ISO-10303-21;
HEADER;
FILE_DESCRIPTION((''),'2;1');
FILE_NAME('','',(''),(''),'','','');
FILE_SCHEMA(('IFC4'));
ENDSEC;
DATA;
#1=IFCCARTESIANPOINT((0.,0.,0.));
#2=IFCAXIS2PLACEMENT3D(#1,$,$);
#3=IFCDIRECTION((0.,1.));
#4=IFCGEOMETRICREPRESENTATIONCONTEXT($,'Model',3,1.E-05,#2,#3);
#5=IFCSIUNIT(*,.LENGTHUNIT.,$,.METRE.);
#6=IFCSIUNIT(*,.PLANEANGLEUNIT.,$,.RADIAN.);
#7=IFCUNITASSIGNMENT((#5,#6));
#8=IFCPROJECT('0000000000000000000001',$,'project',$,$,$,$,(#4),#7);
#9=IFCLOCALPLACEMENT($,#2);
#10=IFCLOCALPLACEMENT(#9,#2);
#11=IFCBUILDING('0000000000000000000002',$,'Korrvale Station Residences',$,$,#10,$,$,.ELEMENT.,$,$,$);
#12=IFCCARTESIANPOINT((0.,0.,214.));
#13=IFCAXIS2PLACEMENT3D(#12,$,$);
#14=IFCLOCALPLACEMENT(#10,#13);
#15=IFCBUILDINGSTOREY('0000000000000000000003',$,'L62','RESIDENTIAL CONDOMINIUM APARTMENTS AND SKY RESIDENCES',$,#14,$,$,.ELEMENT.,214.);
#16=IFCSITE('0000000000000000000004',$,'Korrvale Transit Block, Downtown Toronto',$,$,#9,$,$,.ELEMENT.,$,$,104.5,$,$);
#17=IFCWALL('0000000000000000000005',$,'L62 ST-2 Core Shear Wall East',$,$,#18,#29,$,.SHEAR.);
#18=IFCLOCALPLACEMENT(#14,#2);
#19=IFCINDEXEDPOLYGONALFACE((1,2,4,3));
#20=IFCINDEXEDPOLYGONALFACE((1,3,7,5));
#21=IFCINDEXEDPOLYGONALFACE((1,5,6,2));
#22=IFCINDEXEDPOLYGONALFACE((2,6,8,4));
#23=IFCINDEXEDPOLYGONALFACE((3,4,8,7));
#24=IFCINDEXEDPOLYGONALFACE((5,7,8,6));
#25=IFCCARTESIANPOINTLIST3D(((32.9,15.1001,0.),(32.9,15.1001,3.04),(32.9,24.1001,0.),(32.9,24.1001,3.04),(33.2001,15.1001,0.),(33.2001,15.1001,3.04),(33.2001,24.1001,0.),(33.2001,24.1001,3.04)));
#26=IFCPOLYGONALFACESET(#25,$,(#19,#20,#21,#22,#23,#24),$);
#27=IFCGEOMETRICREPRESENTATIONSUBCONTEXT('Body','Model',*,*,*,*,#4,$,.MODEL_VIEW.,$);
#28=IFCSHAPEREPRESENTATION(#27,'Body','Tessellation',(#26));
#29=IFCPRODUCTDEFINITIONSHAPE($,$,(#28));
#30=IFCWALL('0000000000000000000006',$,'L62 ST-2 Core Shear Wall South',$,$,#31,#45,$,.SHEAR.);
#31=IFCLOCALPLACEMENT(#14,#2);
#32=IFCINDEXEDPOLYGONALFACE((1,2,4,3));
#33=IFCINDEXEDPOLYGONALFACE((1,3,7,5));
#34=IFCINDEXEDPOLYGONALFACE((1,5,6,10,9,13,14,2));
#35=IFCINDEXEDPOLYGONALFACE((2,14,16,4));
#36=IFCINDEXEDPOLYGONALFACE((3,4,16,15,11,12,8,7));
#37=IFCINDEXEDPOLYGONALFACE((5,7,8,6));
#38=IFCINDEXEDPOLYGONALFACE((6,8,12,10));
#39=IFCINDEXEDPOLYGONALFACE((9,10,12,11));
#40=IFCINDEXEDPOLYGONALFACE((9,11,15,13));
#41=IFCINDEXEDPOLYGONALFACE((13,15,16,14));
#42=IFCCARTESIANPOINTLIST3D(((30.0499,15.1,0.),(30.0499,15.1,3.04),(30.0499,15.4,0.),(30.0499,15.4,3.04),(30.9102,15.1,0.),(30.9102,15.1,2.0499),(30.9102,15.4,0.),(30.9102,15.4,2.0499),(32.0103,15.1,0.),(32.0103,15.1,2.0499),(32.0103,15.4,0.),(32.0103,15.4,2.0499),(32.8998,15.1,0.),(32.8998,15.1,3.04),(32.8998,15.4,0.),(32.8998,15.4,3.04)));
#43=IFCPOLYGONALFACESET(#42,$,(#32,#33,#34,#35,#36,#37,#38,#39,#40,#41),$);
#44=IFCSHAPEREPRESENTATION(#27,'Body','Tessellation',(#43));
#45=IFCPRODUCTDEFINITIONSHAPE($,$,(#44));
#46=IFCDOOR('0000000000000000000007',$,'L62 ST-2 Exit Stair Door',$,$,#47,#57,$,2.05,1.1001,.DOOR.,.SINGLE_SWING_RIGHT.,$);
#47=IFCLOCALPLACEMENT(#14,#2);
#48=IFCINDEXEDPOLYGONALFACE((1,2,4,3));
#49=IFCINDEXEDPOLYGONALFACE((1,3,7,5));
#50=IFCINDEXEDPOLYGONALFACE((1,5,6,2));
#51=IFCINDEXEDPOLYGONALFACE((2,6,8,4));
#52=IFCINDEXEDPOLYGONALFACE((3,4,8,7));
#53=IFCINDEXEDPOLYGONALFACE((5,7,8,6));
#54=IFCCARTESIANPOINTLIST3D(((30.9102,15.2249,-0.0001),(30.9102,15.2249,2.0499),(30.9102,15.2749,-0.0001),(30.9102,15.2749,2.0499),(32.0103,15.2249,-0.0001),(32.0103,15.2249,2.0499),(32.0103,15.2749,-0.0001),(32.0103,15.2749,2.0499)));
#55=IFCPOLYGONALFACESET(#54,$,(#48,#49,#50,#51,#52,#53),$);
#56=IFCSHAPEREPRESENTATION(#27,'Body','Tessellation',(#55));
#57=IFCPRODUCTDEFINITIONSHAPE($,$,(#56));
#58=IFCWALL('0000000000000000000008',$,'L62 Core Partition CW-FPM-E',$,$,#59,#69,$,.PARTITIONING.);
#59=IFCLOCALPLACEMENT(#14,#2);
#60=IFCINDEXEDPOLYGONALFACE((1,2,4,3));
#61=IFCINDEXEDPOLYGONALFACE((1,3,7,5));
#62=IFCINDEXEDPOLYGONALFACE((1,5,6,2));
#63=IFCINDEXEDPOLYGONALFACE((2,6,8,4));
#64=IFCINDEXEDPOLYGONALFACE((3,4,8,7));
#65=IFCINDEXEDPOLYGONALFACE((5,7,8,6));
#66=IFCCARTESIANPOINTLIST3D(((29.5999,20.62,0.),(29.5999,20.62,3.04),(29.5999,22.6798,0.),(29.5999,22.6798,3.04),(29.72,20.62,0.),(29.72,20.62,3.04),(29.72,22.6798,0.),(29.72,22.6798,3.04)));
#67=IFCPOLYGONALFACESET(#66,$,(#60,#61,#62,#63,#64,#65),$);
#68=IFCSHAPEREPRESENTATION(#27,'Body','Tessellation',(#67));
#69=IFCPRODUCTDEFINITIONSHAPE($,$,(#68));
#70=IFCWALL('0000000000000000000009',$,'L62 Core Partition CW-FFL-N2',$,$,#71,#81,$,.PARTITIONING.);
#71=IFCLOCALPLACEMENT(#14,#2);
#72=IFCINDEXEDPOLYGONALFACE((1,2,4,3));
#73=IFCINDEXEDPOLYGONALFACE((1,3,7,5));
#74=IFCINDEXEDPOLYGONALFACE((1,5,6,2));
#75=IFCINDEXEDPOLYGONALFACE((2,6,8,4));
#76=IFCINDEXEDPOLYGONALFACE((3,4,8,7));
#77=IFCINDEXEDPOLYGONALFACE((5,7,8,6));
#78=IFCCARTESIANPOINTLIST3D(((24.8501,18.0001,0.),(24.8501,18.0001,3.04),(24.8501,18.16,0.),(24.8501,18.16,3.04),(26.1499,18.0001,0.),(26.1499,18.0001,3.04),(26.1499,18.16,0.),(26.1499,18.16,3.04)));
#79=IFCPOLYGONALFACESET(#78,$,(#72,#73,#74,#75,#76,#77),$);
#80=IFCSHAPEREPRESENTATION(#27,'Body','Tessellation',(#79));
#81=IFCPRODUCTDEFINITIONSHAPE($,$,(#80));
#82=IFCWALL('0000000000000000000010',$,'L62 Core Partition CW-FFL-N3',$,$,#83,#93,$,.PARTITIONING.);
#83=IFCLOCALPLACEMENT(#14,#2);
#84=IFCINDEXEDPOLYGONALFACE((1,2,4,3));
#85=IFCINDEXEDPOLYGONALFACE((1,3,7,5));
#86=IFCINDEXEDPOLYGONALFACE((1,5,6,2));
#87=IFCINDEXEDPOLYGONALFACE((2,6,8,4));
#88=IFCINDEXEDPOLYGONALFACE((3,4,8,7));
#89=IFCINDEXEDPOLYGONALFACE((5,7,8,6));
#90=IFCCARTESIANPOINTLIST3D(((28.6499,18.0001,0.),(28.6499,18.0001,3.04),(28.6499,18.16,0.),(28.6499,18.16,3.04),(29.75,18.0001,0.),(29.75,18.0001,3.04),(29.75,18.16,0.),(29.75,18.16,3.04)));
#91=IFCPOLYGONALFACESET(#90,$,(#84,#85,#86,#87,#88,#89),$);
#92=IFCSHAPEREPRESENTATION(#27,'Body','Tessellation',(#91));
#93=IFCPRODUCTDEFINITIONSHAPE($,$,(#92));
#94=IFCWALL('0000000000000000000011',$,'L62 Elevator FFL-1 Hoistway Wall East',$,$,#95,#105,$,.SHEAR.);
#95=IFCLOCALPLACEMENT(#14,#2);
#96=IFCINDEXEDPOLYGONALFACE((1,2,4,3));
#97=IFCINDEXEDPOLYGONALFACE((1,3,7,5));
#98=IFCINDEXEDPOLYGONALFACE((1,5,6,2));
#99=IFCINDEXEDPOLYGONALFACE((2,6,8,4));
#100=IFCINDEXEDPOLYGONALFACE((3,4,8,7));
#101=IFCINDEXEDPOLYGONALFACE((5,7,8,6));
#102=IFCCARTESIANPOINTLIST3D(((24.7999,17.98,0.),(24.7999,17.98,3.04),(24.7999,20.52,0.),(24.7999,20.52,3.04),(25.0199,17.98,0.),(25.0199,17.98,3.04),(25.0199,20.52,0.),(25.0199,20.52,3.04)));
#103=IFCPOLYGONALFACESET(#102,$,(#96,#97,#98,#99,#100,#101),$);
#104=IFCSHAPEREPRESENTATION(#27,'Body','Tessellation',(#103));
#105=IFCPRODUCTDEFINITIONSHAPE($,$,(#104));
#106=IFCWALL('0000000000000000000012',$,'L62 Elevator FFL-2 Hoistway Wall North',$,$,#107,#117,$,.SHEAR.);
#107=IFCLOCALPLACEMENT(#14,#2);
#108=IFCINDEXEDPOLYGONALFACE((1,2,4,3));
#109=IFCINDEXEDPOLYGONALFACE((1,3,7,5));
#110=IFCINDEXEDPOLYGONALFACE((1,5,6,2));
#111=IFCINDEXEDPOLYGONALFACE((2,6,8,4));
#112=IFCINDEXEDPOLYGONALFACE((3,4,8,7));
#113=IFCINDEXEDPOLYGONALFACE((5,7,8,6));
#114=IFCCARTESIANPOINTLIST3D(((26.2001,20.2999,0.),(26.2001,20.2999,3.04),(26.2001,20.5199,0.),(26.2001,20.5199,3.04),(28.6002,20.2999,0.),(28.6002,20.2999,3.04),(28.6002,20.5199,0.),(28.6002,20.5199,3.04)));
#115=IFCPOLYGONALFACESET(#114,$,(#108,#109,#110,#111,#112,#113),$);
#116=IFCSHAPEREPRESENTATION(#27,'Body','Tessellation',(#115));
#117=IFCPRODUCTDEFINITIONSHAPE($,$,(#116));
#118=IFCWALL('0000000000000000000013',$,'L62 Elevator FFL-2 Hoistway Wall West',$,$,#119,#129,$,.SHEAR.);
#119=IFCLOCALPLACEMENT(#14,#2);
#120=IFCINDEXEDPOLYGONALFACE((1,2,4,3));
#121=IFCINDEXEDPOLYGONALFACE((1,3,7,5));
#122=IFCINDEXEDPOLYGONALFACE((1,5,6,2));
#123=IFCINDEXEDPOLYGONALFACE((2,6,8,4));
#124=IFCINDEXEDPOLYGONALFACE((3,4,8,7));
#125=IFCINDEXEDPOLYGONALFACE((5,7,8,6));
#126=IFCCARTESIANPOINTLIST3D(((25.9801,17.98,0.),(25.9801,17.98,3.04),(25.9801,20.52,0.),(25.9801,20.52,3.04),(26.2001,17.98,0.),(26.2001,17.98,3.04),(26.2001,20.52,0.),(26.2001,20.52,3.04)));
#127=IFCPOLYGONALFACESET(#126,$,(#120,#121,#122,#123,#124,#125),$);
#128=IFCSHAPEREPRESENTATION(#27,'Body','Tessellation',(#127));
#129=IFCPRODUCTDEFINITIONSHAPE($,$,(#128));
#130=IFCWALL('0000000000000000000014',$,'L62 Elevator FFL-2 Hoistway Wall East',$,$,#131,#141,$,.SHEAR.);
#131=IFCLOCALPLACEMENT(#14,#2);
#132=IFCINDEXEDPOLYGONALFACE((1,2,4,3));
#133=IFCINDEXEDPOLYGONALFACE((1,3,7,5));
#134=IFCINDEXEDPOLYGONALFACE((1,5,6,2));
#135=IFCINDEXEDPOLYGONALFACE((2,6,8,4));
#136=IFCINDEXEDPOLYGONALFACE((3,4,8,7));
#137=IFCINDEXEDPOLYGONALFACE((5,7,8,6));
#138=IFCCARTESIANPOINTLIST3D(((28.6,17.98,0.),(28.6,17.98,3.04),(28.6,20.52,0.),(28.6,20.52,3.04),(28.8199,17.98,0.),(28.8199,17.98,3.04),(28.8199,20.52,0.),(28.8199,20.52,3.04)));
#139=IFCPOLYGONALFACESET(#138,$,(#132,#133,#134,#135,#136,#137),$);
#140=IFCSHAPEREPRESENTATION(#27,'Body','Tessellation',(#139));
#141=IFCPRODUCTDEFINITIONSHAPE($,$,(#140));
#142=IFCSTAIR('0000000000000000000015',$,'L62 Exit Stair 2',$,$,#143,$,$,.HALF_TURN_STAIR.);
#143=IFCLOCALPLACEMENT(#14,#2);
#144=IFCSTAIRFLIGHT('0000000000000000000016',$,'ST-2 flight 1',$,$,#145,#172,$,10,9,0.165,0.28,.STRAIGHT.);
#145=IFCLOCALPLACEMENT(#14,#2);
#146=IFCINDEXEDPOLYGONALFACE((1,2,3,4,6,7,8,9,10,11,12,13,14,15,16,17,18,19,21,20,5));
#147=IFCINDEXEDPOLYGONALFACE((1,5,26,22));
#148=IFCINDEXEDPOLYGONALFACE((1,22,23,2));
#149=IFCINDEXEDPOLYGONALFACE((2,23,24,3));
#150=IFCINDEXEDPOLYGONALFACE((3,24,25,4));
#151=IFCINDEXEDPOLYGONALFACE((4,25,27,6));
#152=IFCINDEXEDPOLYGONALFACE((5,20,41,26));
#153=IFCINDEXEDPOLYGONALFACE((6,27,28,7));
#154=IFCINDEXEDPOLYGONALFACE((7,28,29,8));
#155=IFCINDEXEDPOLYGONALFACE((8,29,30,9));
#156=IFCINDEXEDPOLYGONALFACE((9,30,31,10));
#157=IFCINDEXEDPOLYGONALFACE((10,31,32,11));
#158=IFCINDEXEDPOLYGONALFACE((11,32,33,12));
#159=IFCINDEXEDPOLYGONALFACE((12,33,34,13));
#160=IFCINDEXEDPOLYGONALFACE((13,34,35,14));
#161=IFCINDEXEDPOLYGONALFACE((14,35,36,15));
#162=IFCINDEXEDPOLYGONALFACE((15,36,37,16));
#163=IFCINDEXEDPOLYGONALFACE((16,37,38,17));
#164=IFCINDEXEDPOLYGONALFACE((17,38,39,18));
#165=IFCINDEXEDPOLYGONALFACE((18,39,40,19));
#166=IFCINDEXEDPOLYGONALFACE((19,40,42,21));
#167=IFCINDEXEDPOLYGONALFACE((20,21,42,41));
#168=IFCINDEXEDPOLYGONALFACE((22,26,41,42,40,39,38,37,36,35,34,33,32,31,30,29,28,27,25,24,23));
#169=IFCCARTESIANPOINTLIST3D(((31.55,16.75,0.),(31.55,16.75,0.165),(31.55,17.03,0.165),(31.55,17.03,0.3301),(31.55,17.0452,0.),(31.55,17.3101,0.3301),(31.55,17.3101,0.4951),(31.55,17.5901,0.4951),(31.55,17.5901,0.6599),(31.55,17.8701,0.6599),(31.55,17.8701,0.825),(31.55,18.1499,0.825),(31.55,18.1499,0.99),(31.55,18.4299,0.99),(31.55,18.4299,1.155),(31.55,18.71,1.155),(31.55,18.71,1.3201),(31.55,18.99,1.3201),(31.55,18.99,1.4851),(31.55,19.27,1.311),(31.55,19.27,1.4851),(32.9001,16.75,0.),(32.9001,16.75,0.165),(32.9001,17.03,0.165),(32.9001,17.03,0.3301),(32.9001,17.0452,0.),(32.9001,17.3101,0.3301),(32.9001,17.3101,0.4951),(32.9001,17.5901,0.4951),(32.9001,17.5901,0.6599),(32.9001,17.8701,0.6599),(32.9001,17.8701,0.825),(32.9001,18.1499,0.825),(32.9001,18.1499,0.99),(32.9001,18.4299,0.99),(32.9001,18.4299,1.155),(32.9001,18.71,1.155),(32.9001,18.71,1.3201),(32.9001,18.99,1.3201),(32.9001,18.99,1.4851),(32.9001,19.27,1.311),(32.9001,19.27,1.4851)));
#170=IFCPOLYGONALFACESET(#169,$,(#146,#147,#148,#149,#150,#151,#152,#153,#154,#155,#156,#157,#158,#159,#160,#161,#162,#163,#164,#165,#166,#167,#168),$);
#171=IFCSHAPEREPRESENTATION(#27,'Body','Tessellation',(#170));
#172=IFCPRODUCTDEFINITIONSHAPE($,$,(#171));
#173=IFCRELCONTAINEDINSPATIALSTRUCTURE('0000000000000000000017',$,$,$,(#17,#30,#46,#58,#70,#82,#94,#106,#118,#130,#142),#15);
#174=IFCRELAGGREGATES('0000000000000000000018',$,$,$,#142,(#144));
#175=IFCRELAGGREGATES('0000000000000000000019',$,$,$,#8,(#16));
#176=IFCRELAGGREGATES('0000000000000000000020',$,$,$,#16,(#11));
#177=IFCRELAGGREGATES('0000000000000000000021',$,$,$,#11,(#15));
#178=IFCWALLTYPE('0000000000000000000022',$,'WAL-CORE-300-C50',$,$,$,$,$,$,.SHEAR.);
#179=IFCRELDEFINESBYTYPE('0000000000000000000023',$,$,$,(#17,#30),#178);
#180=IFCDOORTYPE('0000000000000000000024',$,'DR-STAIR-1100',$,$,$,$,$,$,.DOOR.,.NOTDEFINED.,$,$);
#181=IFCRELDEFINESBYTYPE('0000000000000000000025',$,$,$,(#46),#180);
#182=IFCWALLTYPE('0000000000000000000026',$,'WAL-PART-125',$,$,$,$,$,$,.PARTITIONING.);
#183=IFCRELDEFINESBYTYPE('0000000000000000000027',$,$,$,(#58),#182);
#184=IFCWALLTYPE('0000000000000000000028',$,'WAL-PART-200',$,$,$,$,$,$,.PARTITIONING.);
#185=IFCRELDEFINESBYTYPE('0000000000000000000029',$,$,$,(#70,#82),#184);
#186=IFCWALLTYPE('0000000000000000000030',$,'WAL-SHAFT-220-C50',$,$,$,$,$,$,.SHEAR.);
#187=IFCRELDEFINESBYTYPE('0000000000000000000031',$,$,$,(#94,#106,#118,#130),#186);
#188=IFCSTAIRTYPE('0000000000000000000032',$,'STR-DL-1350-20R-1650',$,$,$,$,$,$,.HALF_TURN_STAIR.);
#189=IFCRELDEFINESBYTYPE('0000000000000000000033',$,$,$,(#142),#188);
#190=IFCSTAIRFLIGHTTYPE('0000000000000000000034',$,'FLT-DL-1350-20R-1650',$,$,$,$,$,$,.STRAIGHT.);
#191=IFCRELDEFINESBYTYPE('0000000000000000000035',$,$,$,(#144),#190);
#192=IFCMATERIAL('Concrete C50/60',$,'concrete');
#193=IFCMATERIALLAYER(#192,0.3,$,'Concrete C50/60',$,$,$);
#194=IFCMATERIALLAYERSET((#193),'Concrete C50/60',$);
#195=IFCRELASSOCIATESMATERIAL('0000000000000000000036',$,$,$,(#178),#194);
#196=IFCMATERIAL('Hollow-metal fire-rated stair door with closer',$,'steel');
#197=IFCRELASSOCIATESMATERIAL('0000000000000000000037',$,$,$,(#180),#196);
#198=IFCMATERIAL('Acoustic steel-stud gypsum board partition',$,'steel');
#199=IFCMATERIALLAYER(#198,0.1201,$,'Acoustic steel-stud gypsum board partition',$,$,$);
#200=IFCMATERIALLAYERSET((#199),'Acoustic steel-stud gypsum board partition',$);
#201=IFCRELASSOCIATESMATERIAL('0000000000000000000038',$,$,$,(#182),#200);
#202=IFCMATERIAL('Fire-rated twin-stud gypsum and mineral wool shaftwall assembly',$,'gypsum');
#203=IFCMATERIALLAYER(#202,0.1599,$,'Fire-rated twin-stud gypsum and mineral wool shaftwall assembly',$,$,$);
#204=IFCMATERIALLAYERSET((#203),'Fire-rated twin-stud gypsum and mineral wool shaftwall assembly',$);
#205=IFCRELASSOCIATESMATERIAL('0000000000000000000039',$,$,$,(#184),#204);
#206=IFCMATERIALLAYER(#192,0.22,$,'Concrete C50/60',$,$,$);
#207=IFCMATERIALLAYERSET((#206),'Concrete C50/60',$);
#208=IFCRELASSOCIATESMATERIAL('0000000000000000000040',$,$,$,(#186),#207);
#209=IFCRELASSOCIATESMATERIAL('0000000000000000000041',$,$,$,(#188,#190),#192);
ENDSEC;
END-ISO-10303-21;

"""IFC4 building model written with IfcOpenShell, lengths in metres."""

from ifc_helpers import new_model, si_unit, direction, frame, frame_2d, origin, place, context, subcontext, project, spatial, polyline, rectangle, outline, extrude, material, layer, layer_set, type_object, element, fill, aggregate, save


model = new_model("IFC4")

# Units and contexts
model_context = context("Model", 3, precision=1e-05, world=origin(), true_north=direction((0.0, 1.0)))
body_context = subcontext(model_context, "Body", "Model", "MODEL_VIEW")
ifc_project = project(units=[si_unit("LENGTHUNIT", "METRE"), si_unit("PLANEANGLEUNIT", "RADIAN")], contexts=[model_context])

# Site, building, storey
site_placement = place(None, origin())
site = spatial("IfcSite", under=ifc_project, at=site_placement, Name="Korrvale Transit Block, Downtown Toronto", CompositionType="ELEMENT", RefElevation=104.5)
building_placement = place(site_placement, origin())
building = spatial("IfcBuilding", under=site, at=building_placement, Name="Korrvale Station Residences", CompositionType="ELEMENT")
storey_placement = place(building_placement, frame((0.0, 0.0, 214.0)))
storey = spatial("IfcBuildingStorey", under=building, at=storey_placement, Name="L62", Description="RESIDENTIAL CONDOMINIUM APARTMENTS AND SKY RESIDENCES", CompositionType="ELEMENT", Elevation=214.0)

# Wall
ifc_material_1 = material(Name="Concrete C50/60", Category="concrete")
ifc_layer_1 = layer(ifc_material_1, 0.3, Name="Concrete C50/60")
ifc_layer_set_1 = layer_set([ifc_layer_1], Name="Concrete C50/60")
wall_type_1 = type_object("IfcWallType", Name="WAL-CORE-300-C50", PredefinedType="SHEAR", material=ifc_layer_set_1)
wall_1_placement = place(storey_placement, frame((33.05, 15.1001, 0.0), z_axis=(0.0, 0.0, 1.0), x_axis=(0.0, 1.0, 0.0)))
element("IfcWall", 1, at=wall_1_placement, inside=storey, type_object=wall_type_1, Name="L62 ST-2 Core Shear Wall East", PredefinedType="SHEAR", context=body_context, shape_type="SweptSolid", body=[
    extrude(rectangle(XDim=9.0, YDim=0.3, at=frame_2d((4.5, 0.0))), origin(), (0.0, 0.0, 1.0), 3.04),
])

# Wall, opening, door
wall_2_placement = place(storey_placement, frame((30.05, 15.25, 0.0), z_axis=(0.0, 0.0, 1.0), x_axis=(1.0, 0.0, 0.0)))
wall_2 = element("IfcWall", 2, at=wall_2_placement, inside=storey, type_object=wall_type_1, Name="L62 ST-2 Core Shear Wall South", PredefinedType="SHEAR", context=body_context, shape_type="SweptSolid", body=[
    extrude(rectangle(XDim=2.8499, YDim=0.3, at=frame_2d((1.4248, 0.0))), origin(), (0.0, 0.0, 1.0), 3.04),
])
opening_1_placement = place(wall_2_placement, frame((0.8601, 0.0, 0.0)))
opening_1 = element("IfcOpeningElement", 3, at=opening_1_placement, cuts=wall_2, PredefinedType="OPENING", context=body_context, shape_type="SweptSolid", body=[
    extrude(rectangle(XDim=1.1001, YDim=2.05, at=frame_2d((0.55, 1.0249))), frame((0.0, 0.1602, 0.0), z_axis=(0.0, -1.0, 0.0), x_axis=(1.0, 0.0, 0.0)), (0.0, 0.0, 1.0), 0.3201),
])
ifc_material_2 = material(Name="Hollow-metal fire-rated stair door with closer", Category="steel")
door_type_1 = type_object("IfcDoorType", Name="DR-STAIR-1100", OperationType="NOTDEFINED", PredefinedType="DOOR", material=ifc_material_2)
door_1_placement = place(opening_1_placement, origin())
door_1 = element("IfcDoor", 4, at=door_1_placement, inside=storey, type_object=door_type_1, Name="L62 ST-2 Exit Stair Door", OperationType="SINGLE_SWING_RIGHT", OverallHeight=2.05, OverallWidth=1.1001, PredefinedType="DOOR", context=body_context, shape_type="SweptSolid", body=[
    extrude(rectangle(XDim=1.1001, YDim=2.05, at=frame_2d((0.55, 1.0249))), frame((0.0, 0.0249, 0.0), z_axis=(0.0, -1.0, 0.0), x_axis=(1.0, 0.0, 0.0)), (0.0, 0.0, 1.0), 0.05),
])
fill(opening_1, door_1)

# Walls
ifc_material_3 = material(Name="Acoustic steel-stud gypsum board partition", Category="steel")
ifc_layer_2 = layer(ifc_material_3, 0.1201, Name="Acoustic steel-stud gypsum board partition")
ifc_layer_set_2 = layer_set([ifc_layer_2], Name="Acoustic steel-stud gypsum board partition")
wall_type_2 = type_object("IfcWallType", Name="WAL-PART-125", PredefinedType="PARTITIONING", material=ifc_layer_set_2)
wall_3_placement = place(storey_placement, frame((29.6599, 20.6201, 0.0), z_axis=(0.0, 0.0, 1.0), x_axis=(0.0, 1.0, 0.0)))
element("IfcWall", 5, at=wall_3_placement, inside=storey, type_object=wall_type_2, Name="L62 Core Partition CW-FPM-E", PredefinedType="PARTITIONING", context=body_context, shape_type="SweptSolid", body=[
    extrude(rectangle(XDim=2.0598, YDim=0.1201, at=frame_2d((1.0298, 0.0))), origin(), (0.0, 0.0, 1.0), 3.04),
])
ifc_material_4 = material(Name="Fire-rated twin-stud gypsum and mineral wool shaftwall assembly", Category="gypsum")
ifc_layer_3 = layer(ifc_material_4, 0.1599, Name="Fire-rated twin-stud gypsum and mineral wool shaftwall assembly")
ifc_layer_set_3 = layer_set([ifc_layer_3], Name="Fire-rated twin-stud gypsum and mineral wool shaftwall assembly")
wall_type_3 = type_object("IfcWallType", Name="WAL-PART-200", PredefinedType="PARTITIONING", material=ifc_layer_set_3)
wall_4_placement = place(storey_placement, frame((24.8501, 18.0801, 0.0), z_axis=(0.0, 0.0, 1.0), x_axis=(1.0, 0.0, 0.0)))
element("IfcWall", 6, at=wall_4_placement, inside=storey, type_object=wall_type_3, Name="L62 Core Partition CW-FFL-N2", PredefinedType="PARTITIONING", context=body_context, shape_type="SweptSolid", body=[
    extrude(rectangle(XDim=1.2998, YDim=0.1599, at=frame_2d((0.6499, 0.0))), origin(), (0.0, 0.0, 1.0), 3.04),
])
wall_5_placement = place(storey_placement, frame((28.6499, 18.0801, 0.0), z_axis=(0.0, 0.0, 1.0), x_axis=(1.0, 0.0, 0.0)))
element("IfcWall", 7, at=wall_5_placement, inside=storey, type_object=wall_type_3, Name="L62 Core Partition CW-FFL-N3", PredefinedType="PARTITIONING", context=body_context, shape_type="SweptSolid", body=[
    extrude(rectangle(XDim=1.1001, YDim=0.1599, at=frame_2d((0.55, 0.0))), origin(), (0.0, 0.0, 1.0), 3.04),
])
ifc_layer_4 = layer(ifc_material_1, 0.22, Name="Concrete C50/60")
ifc_layer_set_4 = layer_set([ifc_layer_4], Name="Concrete C50/60")
wall_type_4 = type_object("IfcWallType", Name="WAL-SHAFT-220-C50", PredefinedType="SHEAR", material=ifc_layer_set_4)
wall_6_placement = place(storey_placement, frame((24.9099, 17.98, 0.0), z_axis=(0.0, 0.0, 1.0), x_axis=(0.0, 1.0, 0.0)))
element("IfcWall", 8, at=wall_6_placement, inside=storey, type_object=wall_type_4, Name="L62 Elevator FFL-1 Hoistway Wall East", PredefinedType="SHEAR", context=body_context, shape_type="SweptSolid", body=[
    extrude(rectangle(XDim=2.54, YDim=0.22, at=frame_2d((1.27, 0.0))), origin(), (0.0, 0.0, 1.0), 3.04),
])

# Walls
wall_7_placement = place(storey_placement, frame((26.2, 20.4099, 0.0), z_axis=(0.0, 0.0, 1.0), x_axis=(1.0, 0.0, 0.0)))
element("IfcWall", 9, at=wall_7_placement, inside=storey, type_object=wall_type_4, Name="L62 Elevator FFL-2 Hoistway Wall North", PredefinedType="SHEAR", context=body_context, shape_type="SweptSolid", body=[
    extrude(rectangle(XDim=2.4001, YDim=0.22, at=frame_2d((1.2002, 0.0))), origin(), (0.0, 0.0, 1.0), 3.04),
])
for number, where, z_axis, x_axis, name in (
    (10, (26.0901, 17.98, 0.0), (0.0, 0.0, 1.0), (0.0, 1.0, 0.0), "L62 Elevator FFL-2 Hoistway Wall West"),
    (11, (28.71, 17.98, 0.0), (0.0, 0.0, 1.0), (0.0, 1.0, 0.0), "L62 Elevator FFL-2 Hoistway Wall East"),
):
    element("IfcWall", number, at=place(storey_placement, frame(where, z_axis=z_axis, x_axis=x_axis)), inside=storey, type_object=wall_type_4, Name=name, PredefinedType="SHEAR", context=body_context, shape_type="SweptSolid", body=[
        extrude(rectangle(XDim=2.54, YDim=0.22, at=frame_2d((1.27, 0.0))), origin(), (0.0, 0.0, 1.0), 3.04),
    ])

# Stair, stair flight
stair_type = type_object("IfcStairType", Name="STR-DL-1350-20R-1650", PredefinedType="HALF_TURN_STAIR", material=ifc_material_1)
stair_placement = place(storey_placement, origin())
stair = element("IfcStair", 12, at=stair_placement, inside=storey, type_object=stair_type, Name="L62 Exit Stair 2", PredefinedType="HALF_TURN_STAIR")
stair_flight_type = type_object("IfcStairFlightType", Name="FLT-DL-1350-20R-1650", PredefinedType="STRAIGHT", material=ifc_material_1)
stair_flight_1_placement = place(storey_placement, frame((32.2251, 16.75, 0.0), z_axis=(0.0, 0.0, 1.0), x_axis=(0.0, 1.0, 0.0)))
stair_flight_1 = element("IfcStairFlight", 13, at=stair_flight_1_placement, type_object=stair_flight_type, Name="ST-2 flight 1", NumberOfRisers=10, NumberOfTreads=9, PredefinedType="STRAIGHT", RiserHeight=0.165, TreadLength=0.28, context=body_context, shape_type="SweptSolid", body=[
    extrude(outline(polyline([(0.0, 0.0), (0.0, 0.165), (0.28, 0.165), (0.28, 0.3301), (0.5601, 0.3301), (0.5601, 0.4951), (0.8401, 0.4951), (0.8401, 0.6599), (1.1201, 0.6599), (1.1201, 0.825), (1.3999, 0.825), (1.3999, 0.99), (1.6799, 0.99), (1.6799, 1.155), (1.96, 1.155), (1.96, 1.3201), (2.24, 1.3201), (2.24, 1.4851), (2.52, 1.4851), (2.52, 1.6499), (2.52, 1.311), (0.2952, 0.0), (0.0, 0.0)])), frame((0.0, 0.675, 0.0), z_axis=(0.0, -1.0, 0.0), x_axis=(1.0, 0.0, 0.0)), (0.0, 0.0, 1.0), 1.3501),
])
aggregate(stair, [stair_flight_1])

save(model, "model.ifc")
